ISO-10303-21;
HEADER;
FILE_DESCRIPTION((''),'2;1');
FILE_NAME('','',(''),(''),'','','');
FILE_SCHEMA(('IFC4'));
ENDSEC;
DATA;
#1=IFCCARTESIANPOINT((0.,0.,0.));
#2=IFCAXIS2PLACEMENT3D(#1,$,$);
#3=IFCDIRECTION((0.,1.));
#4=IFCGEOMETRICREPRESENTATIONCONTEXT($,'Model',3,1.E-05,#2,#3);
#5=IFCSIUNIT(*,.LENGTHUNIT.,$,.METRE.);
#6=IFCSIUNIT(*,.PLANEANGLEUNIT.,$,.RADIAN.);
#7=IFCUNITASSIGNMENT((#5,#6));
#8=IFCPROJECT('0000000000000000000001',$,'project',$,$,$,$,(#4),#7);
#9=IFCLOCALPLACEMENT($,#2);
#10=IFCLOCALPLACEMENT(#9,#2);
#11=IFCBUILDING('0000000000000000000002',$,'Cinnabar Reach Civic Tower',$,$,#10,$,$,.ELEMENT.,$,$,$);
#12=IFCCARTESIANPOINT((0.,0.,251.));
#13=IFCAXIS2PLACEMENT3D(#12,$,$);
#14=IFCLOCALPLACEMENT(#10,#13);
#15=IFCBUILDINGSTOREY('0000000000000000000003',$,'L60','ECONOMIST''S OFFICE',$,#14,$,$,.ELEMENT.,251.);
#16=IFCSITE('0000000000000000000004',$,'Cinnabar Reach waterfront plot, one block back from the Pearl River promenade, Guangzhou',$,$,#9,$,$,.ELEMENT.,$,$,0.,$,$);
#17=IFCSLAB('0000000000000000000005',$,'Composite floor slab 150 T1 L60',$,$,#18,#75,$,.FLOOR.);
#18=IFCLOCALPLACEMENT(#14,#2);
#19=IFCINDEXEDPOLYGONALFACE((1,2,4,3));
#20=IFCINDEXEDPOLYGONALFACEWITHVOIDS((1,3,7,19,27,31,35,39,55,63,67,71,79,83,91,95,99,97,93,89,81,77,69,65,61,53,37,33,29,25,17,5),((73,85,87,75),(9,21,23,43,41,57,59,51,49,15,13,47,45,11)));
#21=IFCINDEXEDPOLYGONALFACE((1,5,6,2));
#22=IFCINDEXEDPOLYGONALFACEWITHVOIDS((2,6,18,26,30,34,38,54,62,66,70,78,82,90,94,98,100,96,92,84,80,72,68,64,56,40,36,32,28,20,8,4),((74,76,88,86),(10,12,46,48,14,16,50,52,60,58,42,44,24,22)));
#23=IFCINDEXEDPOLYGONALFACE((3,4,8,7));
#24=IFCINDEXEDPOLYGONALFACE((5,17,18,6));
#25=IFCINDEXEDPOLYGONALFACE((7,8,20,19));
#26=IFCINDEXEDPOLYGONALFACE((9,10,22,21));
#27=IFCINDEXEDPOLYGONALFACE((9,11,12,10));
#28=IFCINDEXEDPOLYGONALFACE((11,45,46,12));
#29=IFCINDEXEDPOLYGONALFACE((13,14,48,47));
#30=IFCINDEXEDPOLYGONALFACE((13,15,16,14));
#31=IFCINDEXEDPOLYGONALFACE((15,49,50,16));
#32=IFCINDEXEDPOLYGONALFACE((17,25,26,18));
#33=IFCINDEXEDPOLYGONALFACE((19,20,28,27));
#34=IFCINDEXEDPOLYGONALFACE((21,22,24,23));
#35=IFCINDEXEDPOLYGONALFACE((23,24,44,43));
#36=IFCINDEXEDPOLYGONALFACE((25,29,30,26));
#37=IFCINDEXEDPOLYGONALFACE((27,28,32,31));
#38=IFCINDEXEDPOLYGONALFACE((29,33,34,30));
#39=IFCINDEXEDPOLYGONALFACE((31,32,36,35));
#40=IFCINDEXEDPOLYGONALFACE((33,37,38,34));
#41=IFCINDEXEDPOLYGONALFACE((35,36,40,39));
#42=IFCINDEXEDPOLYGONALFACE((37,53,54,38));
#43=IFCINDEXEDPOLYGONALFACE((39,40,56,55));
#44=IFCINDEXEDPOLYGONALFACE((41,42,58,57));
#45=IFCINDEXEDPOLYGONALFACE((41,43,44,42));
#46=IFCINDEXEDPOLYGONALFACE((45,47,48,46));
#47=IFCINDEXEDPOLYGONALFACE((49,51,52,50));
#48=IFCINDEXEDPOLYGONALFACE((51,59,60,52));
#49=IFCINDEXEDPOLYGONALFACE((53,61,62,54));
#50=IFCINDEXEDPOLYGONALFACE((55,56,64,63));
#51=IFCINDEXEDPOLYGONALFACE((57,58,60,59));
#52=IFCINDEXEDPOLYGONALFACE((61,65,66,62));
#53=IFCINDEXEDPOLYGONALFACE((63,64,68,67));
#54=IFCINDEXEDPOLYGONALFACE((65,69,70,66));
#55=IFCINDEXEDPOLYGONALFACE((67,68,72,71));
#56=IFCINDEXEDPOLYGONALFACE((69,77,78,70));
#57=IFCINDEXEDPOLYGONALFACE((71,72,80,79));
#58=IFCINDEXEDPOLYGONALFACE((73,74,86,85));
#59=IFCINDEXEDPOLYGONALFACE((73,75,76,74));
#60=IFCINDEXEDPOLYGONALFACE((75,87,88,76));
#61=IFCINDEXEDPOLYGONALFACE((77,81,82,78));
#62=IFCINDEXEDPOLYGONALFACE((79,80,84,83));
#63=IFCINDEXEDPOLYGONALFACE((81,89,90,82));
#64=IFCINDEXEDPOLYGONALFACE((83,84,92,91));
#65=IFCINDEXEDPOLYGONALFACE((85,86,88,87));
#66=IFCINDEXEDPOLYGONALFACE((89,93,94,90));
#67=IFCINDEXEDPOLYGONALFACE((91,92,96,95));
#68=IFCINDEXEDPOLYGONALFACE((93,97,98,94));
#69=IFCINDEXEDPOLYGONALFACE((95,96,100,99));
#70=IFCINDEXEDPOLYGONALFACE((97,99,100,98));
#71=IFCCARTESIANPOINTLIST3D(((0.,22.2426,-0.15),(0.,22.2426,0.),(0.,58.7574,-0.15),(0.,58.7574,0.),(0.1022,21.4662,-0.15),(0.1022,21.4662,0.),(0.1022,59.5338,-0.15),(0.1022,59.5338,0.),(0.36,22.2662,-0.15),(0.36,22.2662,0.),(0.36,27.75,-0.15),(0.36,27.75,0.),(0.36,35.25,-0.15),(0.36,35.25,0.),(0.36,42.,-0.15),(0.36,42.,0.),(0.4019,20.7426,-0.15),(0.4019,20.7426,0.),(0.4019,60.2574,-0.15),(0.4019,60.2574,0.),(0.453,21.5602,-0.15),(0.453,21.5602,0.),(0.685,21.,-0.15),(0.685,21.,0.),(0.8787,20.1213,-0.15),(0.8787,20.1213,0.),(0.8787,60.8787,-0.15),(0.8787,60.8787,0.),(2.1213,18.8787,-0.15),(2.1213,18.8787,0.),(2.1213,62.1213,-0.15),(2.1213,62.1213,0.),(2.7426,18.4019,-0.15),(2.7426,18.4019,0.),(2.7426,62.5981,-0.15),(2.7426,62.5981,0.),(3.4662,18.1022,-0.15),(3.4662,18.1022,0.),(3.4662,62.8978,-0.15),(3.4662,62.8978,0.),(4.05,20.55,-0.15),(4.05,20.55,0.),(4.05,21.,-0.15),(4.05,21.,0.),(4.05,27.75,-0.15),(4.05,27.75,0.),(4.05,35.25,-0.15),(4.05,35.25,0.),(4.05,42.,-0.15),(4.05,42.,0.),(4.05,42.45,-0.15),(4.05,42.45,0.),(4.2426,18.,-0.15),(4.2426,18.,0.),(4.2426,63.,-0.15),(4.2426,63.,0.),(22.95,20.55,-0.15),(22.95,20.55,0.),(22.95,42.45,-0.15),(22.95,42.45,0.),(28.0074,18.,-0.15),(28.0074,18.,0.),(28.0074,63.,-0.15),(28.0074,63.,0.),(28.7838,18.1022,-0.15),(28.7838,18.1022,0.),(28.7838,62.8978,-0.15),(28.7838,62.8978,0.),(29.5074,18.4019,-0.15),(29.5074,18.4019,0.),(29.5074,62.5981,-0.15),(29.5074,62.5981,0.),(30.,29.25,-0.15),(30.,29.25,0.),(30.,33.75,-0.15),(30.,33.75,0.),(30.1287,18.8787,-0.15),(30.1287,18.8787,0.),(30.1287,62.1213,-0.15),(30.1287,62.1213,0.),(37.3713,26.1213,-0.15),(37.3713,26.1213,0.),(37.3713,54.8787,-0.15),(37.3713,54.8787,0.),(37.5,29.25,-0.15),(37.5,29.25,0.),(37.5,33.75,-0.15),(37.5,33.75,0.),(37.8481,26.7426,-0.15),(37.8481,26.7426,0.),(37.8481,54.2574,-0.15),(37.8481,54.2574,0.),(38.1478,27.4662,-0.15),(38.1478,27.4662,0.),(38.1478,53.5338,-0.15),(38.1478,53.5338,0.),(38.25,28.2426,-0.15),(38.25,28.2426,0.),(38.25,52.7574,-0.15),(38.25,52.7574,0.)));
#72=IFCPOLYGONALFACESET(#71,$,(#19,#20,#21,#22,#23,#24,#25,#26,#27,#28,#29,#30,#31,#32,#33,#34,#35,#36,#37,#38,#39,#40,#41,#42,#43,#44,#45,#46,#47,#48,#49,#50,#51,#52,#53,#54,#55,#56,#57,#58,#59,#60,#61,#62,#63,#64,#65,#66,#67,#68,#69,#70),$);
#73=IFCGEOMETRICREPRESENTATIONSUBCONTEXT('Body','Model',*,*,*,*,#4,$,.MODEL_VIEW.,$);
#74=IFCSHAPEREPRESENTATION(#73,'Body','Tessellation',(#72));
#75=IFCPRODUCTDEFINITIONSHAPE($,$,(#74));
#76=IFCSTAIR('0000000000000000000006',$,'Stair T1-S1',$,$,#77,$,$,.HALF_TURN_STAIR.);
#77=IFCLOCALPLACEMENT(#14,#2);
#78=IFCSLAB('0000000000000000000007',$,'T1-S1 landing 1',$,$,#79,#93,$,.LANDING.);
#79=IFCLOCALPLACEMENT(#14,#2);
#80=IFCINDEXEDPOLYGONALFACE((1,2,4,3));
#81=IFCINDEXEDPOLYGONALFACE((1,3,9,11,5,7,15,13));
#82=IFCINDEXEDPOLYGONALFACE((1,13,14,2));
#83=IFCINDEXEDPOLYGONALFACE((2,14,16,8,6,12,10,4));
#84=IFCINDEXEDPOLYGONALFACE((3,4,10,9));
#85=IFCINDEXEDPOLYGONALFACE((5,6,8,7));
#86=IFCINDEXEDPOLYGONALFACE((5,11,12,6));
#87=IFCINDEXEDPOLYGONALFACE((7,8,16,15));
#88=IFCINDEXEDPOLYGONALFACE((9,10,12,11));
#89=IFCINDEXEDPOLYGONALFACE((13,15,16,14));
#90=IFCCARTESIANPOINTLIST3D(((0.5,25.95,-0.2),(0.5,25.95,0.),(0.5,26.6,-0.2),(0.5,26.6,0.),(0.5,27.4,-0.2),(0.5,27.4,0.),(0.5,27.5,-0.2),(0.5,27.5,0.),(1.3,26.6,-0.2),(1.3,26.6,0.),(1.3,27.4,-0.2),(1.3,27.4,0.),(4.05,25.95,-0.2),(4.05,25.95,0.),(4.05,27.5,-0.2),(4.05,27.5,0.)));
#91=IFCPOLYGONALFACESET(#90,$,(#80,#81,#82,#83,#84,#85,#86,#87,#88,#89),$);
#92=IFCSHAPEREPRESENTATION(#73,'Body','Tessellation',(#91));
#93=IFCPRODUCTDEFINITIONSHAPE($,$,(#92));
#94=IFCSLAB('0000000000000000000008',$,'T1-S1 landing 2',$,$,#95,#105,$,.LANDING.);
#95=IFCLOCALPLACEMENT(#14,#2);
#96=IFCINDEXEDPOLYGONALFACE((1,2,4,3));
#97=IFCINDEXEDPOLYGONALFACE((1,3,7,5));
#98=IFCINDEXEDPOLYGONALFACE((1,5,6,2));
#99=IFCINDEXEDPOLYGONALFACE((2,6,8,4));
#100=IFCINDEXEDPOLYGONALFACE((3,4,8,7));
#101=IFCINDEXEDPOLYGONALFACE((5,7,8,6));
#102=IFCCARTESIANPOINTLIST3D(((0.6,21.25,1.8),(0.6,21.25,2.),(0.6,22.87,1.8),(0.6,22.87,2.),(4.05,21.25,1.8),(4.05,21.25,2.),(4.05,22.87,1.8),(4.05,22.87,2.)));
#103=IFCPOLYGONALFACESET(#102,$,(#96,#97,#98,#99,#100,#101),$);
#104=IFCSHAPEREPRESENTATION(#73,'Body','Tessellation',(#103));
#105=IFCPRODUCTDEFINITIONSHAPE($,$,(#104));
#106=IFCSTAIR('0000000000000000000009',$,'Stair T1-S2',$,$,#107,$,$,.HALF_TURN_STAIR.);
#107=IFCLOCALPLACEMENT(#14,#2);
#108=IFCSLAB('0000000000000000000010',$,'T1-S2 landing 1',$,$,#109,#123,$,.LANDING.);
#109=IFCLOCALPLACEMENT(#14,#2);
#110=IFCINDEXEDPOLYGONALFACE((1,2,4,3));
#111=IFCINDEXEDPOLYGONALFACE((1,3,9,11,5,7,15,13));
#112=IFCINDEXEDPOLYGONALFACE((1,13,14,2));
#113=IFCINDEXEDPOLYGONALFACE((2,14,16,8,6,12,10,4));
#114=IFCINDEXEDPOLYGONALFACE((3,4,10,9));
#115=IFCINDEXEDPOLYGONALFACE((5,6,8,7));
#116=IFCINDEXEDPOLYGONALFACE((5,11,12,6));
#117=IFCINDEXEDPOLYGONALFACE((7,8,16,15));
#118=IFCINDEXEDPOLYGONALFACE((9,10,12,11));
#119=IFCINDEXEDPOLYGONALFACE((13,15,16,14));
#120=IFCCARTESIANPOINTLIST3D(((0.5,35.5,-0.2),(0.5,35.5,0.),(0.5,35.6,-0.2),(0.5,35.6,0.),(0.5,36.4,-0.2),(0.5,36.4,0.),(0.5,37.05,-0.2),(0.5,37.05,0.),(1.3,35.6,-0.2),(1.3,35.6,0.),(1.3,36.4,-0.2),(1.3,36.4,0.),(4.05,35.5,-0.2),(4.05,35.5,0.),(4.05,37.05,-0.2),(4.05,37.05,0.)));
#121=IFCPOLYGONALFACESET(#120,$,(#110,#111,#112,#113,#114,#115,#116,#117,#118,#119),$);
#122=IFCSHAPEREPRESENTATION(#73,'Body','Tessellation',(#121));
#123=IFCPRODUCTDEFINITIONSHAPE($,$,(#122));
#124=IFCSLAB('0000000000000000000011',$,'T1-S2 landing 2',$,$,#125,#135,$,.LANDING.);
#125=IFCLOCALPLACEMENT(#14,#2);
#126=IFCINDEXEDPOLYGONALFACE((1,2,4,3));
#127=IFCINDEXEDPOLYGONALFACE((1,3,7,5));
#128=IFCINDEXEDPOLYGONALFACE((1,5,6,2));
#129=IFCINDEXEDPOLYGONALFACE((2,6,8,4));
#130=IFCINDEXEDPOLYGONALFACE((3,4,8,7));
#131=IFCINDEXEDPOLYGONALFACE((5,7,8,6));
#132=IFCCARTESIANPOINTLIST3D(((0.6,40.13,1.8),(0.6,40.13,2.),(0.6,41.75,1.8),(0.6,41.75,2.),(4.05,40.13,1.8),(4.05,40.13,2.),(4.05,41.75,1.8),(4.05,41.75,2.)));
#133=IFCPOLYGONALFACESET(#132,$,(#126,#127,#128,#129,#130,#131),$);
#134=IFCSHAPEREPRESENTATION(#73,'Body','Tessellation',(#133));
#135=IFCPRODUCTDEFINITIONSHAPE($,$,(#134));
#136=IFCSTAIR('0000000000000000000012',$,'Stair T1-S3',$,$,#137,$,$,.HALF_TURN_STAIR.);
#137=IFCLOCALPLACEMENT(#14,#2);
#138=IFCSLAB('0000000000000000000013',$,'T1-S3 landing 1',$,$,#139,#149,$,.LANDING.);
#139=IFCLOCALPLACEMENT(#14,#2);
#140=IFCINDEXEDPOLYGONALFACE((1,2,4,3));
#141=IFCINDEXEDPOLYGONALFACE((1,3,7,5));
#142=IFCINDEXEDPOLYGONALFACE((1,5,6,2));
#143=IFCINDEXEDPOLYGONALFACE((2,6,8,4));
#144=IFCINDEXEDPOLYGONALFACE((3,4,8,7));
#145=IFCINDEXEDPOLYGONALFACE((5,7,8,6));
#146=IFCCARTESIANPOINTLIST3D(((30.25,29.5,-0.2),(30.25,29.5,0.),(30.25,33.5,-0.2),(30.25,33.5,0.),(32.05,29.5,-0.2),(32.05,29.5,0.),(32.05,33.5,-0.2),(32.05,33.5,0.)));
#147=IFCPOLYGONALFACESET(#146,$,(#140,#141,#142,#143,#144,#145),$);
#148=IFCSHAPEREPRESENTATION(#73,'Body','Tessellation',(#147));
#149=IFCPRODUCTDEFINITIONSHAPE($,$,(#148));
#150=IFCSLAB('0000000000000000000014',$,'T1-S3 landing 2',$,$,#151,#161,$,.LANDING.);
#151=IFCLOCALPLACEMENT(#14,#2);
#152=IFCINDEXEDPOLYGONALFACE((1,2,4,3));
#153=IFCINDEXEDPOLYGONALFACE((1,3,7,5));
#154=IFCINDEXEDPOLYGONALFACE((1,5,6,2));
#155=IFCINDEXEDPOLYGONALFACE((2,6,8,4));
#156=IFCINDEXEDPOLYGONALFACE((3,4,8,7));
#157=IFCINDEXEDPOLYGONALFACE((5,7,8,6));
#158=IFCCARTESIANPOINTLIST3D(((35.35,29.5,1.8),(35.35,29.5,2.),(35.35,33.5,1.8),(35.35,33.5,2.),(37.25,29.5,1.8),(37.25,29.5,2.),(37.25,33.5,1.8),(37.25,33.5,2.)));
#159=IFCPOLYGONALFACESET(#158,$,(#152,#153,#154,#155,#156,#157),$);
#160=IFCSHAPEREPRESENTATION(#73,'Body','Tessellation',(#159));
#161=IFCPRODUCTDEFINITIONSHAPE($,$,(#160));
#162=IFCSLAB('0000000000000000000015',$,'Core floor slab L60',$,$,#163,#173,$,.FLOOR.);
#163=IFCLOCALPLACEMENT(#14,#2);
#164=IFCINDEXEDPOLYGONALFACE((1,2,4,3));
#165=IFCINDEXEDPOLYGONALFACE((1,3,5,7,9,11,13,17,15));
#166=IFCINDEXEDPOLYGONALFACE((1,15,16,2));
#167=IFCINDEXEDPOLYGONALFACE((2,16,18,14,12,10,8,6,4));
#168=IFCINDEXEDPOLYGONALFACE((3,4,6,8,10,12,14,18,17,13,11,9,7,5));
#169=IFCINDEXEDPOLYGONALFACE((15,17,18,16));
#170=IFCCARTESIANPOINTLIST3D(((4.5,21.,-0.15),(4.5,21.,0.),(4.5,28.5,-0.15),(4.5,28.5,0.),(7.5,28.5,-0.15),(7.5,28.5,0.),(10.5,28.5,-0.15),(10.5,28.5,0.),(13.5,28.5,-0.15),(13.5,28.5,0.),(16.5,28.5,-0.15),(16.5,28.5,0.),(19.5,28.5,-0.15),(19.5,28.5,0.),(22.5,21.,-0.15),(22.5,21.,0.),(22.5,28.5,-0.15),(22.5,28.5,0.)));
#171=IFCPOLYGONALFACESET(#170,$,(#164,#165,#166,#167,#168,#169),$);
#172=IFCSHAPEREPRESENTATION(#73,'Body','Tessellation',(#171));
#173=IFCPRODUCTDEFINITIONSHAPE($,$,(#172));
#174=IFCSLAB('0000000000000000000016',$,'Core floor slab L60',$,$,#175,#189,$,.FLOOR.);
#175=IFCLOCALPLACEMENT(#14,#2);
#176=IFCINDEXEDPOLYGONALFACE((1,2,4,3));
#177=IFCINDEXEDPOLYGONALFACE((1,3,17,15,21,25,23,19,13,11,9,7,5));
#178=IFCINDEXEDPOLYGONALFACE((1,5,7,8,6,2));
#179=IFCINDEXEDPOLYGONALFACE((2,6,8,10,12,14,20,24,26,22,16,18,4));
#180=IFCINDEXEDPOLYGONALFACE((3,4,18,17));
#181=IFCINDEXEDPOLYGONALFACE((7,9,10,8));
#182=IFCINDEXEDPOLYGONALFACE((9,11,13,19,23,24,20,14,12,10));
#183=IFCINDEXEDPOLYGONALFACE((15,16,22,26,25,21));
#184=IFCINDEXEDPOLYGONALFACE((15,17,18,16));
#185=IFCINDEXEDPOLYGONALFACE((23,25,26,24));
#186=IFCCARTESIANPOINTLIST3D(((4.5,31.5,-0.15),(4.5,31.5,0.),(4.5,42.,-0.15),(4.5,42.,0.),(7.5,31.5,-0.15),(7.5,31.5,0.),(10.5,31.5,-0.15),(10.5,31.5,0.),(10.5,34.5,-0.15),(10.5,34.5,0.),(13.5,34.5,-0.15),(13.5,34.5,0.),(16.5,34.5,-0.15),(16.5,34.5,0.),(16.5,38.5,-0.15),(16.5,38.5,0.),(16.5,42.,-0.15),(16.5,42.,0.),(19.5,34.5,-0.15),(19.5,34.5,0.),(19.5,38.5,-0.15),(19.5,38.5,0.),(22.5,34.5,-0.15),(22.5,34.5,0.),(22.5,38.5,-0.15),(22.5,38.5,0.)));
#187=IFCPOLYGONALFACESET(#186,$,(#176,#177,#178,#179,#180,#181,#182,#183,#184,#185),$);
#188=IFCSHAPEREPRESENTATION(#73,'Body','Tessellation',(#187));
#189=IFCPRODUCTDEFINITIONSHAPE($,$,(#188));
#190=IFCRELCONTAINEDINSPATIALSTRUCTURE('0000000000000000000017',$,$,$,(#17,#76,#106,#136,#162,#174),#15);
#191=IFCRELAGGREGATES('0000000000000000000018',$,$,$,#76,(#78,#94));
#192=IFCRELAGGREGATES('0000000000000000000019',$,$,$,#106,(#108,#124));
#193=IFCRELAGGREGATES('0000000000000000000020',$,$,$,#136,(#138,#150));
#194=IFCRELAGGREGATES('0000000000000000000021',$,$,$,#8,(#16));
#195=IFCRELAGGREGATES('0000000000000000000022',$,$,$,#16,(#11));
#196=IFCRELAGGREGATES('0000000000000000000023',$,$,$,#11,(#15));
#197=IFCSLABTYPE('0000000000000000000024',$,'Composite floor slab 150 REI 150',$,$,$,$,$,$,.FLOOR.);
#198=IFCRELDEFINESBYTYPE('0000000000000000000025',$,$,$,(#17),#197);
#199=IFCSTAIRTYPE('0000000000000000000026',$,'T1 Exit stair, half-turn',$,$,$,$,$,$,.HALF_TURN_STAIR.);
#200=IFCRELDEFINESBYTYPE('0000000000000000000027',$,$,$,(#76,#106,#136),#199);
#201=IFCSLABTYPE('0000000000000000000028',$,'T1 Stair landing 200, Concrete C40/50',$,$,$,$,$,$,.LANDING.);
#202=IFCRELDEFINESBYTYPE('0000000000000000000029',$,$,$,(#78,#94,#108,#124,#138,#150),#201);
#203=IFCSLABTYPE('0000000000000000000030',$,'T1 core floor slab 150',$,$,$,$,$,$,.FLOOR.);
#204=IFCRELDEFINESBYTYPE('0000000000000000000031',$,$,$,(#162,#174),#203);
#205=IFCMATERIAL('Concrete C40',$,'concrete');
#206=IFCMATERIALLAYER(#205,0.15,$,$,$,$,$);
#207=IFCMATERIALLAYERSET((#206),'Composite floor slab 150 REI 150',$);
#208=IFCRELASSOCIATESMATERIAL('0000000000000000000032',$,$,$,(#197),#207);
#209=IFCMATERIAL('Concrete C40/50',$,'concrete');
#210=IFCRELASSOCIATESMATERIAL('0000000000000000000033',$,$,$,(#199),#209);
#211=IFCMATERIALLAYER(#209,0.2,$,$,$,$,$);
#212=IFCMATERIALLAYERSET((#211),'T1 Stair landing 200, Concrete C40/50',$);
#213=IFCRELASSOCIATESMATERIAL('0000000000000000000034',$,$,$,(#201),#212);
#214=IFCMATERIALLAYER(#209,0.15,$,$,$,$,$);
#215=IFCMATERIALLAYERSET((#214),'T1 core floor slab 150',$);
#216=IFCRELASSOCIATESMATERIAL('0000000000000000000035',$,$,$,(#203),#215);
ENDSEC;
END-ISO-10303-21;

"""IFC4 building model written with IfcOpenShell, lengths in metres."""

from ifc_helpers import new_model, si_unit, direction, frame, origin, place, context, subcontext, project, spatial, polyline, outline, extrude, material, layer, layer_set, type_object, element, aggregate, save


model = new_model("IFC4")

# Units and contexts
model_context = context("Model", 3, precision=1e-05, world=origin(), true_north=direction((0.0, 1.0)))
body_context = subcontext(model_context, "Body", "Model", "MODEL_VIEW")
ifc_project = project(units=[si_unit("LENGTHUNIT", "METRE"), si_unit("PLANEANGLEUNIT", "RADIAN")], contexts=[model_context])

# Site, building, storey
site_placement = place(None, origin())
site = spatial("IfcSite", under=ifc_project, at=site_placement, Name="Cinnabar Reach waterfront plot, one block back from the Pearl River promenade, Guangzhou", CompositionType="ELEMENT", RefElevation=0.0)
building_placement = place(site_placement, origin())
building = spatial("IfcBuilding", under=site, at=building_placement, Name="Cinnabar Reach Civic Tower", CompositionType="ELEMENT")
storey_placement = place(building_placement, frame((0.0, 0.0, 251.0)))
storey = spatial("IfcBuildingStorey", under=building, at=storey_placement, Name="L60", Description="ECONOMIST'S OFFICE", CompositionType="ELEMENT", Elevation=251.0)

# Slab
ifc_material_1 = material(Name="Concrete C40", Category="concrete")
ifc_layer_1 = layer(ifc_material_1, 0.15)
ifc_layer_set_1 = layer_set([ifc_layer_1], Name="Composite floor slab 150 REI 150")
slab_type_1 = type_object("IfcSlabType", Name="Composite floor slab 150 REI 150", PredefinedType="FLOOR", material=ifc_layer_set_1)
slab_1_placement = place(storey_placement, frame((0.0, 0.0, -0.15)))
element("IfcSlab", 1, at=slab_1_placement, inside=storey, type_object=slab_type_1, Name="Composite floor slab 150 T1 L60", PredefinedType="FLOOR", context=body_context, shape_type="SweptSolid", body=[
    extrude(outline(polyline([(0.8787, 20.1213), (0.4019, 20.7426), (0.1022, 21.4662), (0.0, 22.2426), (0.0, 58.7574), (0.1022, 59.5338), (0.4019, 60.2574), (0.8787, 60.8787), (2.1213, 62.1213), (2.7426, 62.5981), (3.4662, 62.8978), (4.2426, 63.0), (28.0074, 63.0), (28.7838, 62.8978), (29.5074, 62.5981), (30.1287, 62.1213), (37.3713, 54.8787), (37.8481, 54.2574), (38.1478, 53.5338), (38.25, 52.7574), (38.25, 28.2426), (38.1478, 27.4662), (37.8481, 26.7426), (37.3713, 26.1213), (30.1287, 18.8787), (29.5074, 18.4019), (28.7838, 18.1022), (28.0074, 18.0), (4.2426, 18.0), (3.4662, 18.1022), (2.7426, 18.4019), (2.1213, 18.8787), (0.8787, 20.1213)]), holes=[polyline([(0.685, 21.0), (4.05, 21.0), (4.05, 20.55), (22.95, 20.55), (22.95, 42.45), (4.05, 42.45), (4.05, 42.0), (0.36, 42.0), (0.36, 35.25), (4.05, 35.25), (4.05, 27.75), (0.36, 27.75), (0.36, 22.2662), (0.453, 21.5602), (0.685, 21.0)]), polyline([(30.0, 33.75), (30.0, 29.25), (37.5, 29.25), (37.5, 33.75), (30.0, 33.75)])]), origin(), (0.0, 0.0, 1.0), 0.15),
])

# Stairs, slabs
ifc_material_2 = material(Name="Concrete C40/50", Category="concrete")
stair_type = type_object("IfcStairType", Name="T1 Exit stair, half-turn", PredefinedType="HALF_TURN_STAIR", material=ifc_material_2)
stair_1_placement = place(storey_placement, origin())
stair_1 = element("IfcStair", 2, at=stair_1_placement, inside=storey, type_object=stair_type, Name="Stair T1-S1", PredefinedType="HALF_TURN_STAIR")
ifc_layer_2 = layer(ifc_material_2, 0.2)
ifc_layer_set_2 = layer_set([ifc_layer_2], Name="T1 Stair landing 200, Concrete C40/50")
slab_type_2 = type_object("IfcSlabType", Name="T1 Stair landing 200, Concrete C40/50", PredefinedType="LANDING", material=ifc_layer_set_2)
slab_2_placement = place(storey_placement, frame((0.0, 0.0, -0.2)))
slab_2 = element("IfcSlab", 3, at=slab_2_placement, type_object=slab_type_2, Name="T1-S1 landing 1", PredefinedType="LANDING", context=body_context, shape_type="SweptSolid", body=[
    extrude(outline(polyline([(0.5, 27.5), (4.05, 27.5), (4.05, 25.95), (0.5, 25.95), (0.5, 26.6), (1.3, 26.6), (1.3, 27.4), (0.5, 27.4), (0.5, 27.5)])), origin(), (0.0, 0.0, 1.0), 0.2),
])
slab_3_placement = place(storey_placement, frame((0.0, 0.0, 1.8)))
slab_3 = element("IfcSlab", 4, at=slab_3_placement, type_object=slab_type_2, Name="T1-S1 landing 2", PredefinedType="LANDING", context=body_context, shape_type="SweptSolid", body=[
    extrude(outline(polyline([(0.6, 21.25), (0.6, 22.87), (4.05, 22.87), (4.05, 21.25), (0.6, 21.25)])), origin(), (0.0, 0.0, 1.0), 0.2),
])
aggregate(stair_1, [slab_2, slab_3])
stair_2_placement = place(storey_placement, origin())
stair_2 = element("IfcStair", 5, at=stair_2_placement, inside=storey, type_object=stair_type, Name="Stair T1-S2", PredefinedType="HALF_TURN_STAIR")
slab_4_placement = place(storey_placement, frame((0.0, 0.0, -0.2)))
slab_4 = element("IfcSlab", 6, at=slab_4_placement, type_object=slab_type_2, Name="T1-S2 landing 1", PredefinedType="LANDING", context=body_context, shape_type="SweptSolid", body=[
    extrude(outline(polyline([(0.5, 37.05), (4.05, 37.05), (4.05, 35.5), (0.5, 35.5), (0.5, 35.6), (1.3, 35.6), (1.3, 36.4), (0.5, 36.4), (0.5, 37.05)])), origin(), (0.0, 0.0, 1.0), 0.2),
])
slab_5_placement = place(storey_placement, frame((0.0, 0.0, 1.8)))
slab_5 = element("IfcSlab", 7, at=slab_5_placement, type_object=slab_type_2, Name="T1-S2 landing 2", PredefinedType="LANDING", context=body_context, shape_type="SweptSolid", body=[
    extrude(outline(polyline([(0.6, 40.13), (0.6, 41.75), (4.05, 41.75), (4.05, 40.13), (0.6, 40.13)])), origin(), (0.0, 0.0, 1.0), 0.2),
])
aggregate(stair_2, [slab_4, slab_5])
stair_3_placement = place(storey_placement, origin())
stair_3 = element("IfcStair", 8, at=stair_3_placement, inside=storey, type_object=stair_type, Name="Stair T1-S3", PredefinedType="HALF_TURN_STAIR")
slab_6_placement = place(storey_placement, frame((0.0, 0.0, -0.2)))
slab_6 = element("IfcSlab", 9, at=slab_6_placement, type_object=slab_type_2, Name="T1-S3 landing 1", PredefinedType="LANDING", context=body_context, shape_type="SweptSolid", body=[
    extrude(outline(polyline([(30.25, 29.5), (32.05, 29.5), (32.05, 33.5), (30.25, 33.5), (30.25, 29.5)])), origin(), (0.0, 0.0, 1.0), 0.2),
])
slab_7_placement = place(storey_placement, frame((0.0, 0.0, 1.8)))
slab_7 = element("IfcSlab", 10, at=slab_7_placement, type_object=slab_type_2, Name="T1-S3 landing 2", PredefinedType="LANDING", context=body_context, shape_type="SweptSolid", body=[
    extrude(outline(polyline([(35.35, 29.5), (37.25, 29.5), (37.25, 33.5), (35.35, 33.5), (35.35, 29.5)])), origin(), (0.0, 0.0, 1.0), 0.2),
])
aggregate(stair_3, [slab_6, slab_7])

# Slabs
ifc_layer_3 = layer(ifc_material_2, 0.15)
ifc_layer_set_3 = layer_set([ifc_layer_3], Name="T1 core floor slab 150")
slab_type_3 = type_object("IfcSlabType", Name="T1 core floor slab 150", PredefinedType="FLOOR", material=ifc_layer_set_3)
slab_8_placement = place(storey_placement, frame((0.0, 0.0, -0.15)))
element("IfcSlab", 11, at=slab_8_placement, inside=storey, type_object=slab_type_3, Name="Core floor slab L60", PredefinedType="FLOOR", context=body_context, shape_type="SweptSolid", body=[
    extrude(outline(polyline([(22.5, 21.0), (4.5, 21.0), (4.5, 28.5), (7.5, 28.5), (10.5, 28.5), (13.5, 28.5), (16.5, 28.5), (19.5, 28.5), (22.5, 28.5), (22.5, 21.0)])), origin(), (0.0, 0.0, 1.0), 0.15),
])
slab_9_placement = place(storey_placement, frame((0.0, 0.0, -0.15)))
element("IfcSlab", 12, at=slab_9_placement, inside=storey, type_object=slab_type_3, Name="Core floor slab L60", PredefinedType="FLOOR", context=body_context, shape_type="SweptSolid", body=[
    extrude(outline(polyline([(22.5, 34.5), (19.5, 34.5), (16.5, 34.5), (13.5, 34.5), (10.5, 34.5), (10.5, 31.5), (7.5, 31.5), (4.5, 31.5), (4.5, 42.0), (16.5, 42.0), (16.5, 38.5), (19.5, 38.5), (22.5, 38.5), (22.5, 34.5)])), origin(), (0.0, 0.0, 1.0), 0.15),
])

save(model, "model.ifc")
